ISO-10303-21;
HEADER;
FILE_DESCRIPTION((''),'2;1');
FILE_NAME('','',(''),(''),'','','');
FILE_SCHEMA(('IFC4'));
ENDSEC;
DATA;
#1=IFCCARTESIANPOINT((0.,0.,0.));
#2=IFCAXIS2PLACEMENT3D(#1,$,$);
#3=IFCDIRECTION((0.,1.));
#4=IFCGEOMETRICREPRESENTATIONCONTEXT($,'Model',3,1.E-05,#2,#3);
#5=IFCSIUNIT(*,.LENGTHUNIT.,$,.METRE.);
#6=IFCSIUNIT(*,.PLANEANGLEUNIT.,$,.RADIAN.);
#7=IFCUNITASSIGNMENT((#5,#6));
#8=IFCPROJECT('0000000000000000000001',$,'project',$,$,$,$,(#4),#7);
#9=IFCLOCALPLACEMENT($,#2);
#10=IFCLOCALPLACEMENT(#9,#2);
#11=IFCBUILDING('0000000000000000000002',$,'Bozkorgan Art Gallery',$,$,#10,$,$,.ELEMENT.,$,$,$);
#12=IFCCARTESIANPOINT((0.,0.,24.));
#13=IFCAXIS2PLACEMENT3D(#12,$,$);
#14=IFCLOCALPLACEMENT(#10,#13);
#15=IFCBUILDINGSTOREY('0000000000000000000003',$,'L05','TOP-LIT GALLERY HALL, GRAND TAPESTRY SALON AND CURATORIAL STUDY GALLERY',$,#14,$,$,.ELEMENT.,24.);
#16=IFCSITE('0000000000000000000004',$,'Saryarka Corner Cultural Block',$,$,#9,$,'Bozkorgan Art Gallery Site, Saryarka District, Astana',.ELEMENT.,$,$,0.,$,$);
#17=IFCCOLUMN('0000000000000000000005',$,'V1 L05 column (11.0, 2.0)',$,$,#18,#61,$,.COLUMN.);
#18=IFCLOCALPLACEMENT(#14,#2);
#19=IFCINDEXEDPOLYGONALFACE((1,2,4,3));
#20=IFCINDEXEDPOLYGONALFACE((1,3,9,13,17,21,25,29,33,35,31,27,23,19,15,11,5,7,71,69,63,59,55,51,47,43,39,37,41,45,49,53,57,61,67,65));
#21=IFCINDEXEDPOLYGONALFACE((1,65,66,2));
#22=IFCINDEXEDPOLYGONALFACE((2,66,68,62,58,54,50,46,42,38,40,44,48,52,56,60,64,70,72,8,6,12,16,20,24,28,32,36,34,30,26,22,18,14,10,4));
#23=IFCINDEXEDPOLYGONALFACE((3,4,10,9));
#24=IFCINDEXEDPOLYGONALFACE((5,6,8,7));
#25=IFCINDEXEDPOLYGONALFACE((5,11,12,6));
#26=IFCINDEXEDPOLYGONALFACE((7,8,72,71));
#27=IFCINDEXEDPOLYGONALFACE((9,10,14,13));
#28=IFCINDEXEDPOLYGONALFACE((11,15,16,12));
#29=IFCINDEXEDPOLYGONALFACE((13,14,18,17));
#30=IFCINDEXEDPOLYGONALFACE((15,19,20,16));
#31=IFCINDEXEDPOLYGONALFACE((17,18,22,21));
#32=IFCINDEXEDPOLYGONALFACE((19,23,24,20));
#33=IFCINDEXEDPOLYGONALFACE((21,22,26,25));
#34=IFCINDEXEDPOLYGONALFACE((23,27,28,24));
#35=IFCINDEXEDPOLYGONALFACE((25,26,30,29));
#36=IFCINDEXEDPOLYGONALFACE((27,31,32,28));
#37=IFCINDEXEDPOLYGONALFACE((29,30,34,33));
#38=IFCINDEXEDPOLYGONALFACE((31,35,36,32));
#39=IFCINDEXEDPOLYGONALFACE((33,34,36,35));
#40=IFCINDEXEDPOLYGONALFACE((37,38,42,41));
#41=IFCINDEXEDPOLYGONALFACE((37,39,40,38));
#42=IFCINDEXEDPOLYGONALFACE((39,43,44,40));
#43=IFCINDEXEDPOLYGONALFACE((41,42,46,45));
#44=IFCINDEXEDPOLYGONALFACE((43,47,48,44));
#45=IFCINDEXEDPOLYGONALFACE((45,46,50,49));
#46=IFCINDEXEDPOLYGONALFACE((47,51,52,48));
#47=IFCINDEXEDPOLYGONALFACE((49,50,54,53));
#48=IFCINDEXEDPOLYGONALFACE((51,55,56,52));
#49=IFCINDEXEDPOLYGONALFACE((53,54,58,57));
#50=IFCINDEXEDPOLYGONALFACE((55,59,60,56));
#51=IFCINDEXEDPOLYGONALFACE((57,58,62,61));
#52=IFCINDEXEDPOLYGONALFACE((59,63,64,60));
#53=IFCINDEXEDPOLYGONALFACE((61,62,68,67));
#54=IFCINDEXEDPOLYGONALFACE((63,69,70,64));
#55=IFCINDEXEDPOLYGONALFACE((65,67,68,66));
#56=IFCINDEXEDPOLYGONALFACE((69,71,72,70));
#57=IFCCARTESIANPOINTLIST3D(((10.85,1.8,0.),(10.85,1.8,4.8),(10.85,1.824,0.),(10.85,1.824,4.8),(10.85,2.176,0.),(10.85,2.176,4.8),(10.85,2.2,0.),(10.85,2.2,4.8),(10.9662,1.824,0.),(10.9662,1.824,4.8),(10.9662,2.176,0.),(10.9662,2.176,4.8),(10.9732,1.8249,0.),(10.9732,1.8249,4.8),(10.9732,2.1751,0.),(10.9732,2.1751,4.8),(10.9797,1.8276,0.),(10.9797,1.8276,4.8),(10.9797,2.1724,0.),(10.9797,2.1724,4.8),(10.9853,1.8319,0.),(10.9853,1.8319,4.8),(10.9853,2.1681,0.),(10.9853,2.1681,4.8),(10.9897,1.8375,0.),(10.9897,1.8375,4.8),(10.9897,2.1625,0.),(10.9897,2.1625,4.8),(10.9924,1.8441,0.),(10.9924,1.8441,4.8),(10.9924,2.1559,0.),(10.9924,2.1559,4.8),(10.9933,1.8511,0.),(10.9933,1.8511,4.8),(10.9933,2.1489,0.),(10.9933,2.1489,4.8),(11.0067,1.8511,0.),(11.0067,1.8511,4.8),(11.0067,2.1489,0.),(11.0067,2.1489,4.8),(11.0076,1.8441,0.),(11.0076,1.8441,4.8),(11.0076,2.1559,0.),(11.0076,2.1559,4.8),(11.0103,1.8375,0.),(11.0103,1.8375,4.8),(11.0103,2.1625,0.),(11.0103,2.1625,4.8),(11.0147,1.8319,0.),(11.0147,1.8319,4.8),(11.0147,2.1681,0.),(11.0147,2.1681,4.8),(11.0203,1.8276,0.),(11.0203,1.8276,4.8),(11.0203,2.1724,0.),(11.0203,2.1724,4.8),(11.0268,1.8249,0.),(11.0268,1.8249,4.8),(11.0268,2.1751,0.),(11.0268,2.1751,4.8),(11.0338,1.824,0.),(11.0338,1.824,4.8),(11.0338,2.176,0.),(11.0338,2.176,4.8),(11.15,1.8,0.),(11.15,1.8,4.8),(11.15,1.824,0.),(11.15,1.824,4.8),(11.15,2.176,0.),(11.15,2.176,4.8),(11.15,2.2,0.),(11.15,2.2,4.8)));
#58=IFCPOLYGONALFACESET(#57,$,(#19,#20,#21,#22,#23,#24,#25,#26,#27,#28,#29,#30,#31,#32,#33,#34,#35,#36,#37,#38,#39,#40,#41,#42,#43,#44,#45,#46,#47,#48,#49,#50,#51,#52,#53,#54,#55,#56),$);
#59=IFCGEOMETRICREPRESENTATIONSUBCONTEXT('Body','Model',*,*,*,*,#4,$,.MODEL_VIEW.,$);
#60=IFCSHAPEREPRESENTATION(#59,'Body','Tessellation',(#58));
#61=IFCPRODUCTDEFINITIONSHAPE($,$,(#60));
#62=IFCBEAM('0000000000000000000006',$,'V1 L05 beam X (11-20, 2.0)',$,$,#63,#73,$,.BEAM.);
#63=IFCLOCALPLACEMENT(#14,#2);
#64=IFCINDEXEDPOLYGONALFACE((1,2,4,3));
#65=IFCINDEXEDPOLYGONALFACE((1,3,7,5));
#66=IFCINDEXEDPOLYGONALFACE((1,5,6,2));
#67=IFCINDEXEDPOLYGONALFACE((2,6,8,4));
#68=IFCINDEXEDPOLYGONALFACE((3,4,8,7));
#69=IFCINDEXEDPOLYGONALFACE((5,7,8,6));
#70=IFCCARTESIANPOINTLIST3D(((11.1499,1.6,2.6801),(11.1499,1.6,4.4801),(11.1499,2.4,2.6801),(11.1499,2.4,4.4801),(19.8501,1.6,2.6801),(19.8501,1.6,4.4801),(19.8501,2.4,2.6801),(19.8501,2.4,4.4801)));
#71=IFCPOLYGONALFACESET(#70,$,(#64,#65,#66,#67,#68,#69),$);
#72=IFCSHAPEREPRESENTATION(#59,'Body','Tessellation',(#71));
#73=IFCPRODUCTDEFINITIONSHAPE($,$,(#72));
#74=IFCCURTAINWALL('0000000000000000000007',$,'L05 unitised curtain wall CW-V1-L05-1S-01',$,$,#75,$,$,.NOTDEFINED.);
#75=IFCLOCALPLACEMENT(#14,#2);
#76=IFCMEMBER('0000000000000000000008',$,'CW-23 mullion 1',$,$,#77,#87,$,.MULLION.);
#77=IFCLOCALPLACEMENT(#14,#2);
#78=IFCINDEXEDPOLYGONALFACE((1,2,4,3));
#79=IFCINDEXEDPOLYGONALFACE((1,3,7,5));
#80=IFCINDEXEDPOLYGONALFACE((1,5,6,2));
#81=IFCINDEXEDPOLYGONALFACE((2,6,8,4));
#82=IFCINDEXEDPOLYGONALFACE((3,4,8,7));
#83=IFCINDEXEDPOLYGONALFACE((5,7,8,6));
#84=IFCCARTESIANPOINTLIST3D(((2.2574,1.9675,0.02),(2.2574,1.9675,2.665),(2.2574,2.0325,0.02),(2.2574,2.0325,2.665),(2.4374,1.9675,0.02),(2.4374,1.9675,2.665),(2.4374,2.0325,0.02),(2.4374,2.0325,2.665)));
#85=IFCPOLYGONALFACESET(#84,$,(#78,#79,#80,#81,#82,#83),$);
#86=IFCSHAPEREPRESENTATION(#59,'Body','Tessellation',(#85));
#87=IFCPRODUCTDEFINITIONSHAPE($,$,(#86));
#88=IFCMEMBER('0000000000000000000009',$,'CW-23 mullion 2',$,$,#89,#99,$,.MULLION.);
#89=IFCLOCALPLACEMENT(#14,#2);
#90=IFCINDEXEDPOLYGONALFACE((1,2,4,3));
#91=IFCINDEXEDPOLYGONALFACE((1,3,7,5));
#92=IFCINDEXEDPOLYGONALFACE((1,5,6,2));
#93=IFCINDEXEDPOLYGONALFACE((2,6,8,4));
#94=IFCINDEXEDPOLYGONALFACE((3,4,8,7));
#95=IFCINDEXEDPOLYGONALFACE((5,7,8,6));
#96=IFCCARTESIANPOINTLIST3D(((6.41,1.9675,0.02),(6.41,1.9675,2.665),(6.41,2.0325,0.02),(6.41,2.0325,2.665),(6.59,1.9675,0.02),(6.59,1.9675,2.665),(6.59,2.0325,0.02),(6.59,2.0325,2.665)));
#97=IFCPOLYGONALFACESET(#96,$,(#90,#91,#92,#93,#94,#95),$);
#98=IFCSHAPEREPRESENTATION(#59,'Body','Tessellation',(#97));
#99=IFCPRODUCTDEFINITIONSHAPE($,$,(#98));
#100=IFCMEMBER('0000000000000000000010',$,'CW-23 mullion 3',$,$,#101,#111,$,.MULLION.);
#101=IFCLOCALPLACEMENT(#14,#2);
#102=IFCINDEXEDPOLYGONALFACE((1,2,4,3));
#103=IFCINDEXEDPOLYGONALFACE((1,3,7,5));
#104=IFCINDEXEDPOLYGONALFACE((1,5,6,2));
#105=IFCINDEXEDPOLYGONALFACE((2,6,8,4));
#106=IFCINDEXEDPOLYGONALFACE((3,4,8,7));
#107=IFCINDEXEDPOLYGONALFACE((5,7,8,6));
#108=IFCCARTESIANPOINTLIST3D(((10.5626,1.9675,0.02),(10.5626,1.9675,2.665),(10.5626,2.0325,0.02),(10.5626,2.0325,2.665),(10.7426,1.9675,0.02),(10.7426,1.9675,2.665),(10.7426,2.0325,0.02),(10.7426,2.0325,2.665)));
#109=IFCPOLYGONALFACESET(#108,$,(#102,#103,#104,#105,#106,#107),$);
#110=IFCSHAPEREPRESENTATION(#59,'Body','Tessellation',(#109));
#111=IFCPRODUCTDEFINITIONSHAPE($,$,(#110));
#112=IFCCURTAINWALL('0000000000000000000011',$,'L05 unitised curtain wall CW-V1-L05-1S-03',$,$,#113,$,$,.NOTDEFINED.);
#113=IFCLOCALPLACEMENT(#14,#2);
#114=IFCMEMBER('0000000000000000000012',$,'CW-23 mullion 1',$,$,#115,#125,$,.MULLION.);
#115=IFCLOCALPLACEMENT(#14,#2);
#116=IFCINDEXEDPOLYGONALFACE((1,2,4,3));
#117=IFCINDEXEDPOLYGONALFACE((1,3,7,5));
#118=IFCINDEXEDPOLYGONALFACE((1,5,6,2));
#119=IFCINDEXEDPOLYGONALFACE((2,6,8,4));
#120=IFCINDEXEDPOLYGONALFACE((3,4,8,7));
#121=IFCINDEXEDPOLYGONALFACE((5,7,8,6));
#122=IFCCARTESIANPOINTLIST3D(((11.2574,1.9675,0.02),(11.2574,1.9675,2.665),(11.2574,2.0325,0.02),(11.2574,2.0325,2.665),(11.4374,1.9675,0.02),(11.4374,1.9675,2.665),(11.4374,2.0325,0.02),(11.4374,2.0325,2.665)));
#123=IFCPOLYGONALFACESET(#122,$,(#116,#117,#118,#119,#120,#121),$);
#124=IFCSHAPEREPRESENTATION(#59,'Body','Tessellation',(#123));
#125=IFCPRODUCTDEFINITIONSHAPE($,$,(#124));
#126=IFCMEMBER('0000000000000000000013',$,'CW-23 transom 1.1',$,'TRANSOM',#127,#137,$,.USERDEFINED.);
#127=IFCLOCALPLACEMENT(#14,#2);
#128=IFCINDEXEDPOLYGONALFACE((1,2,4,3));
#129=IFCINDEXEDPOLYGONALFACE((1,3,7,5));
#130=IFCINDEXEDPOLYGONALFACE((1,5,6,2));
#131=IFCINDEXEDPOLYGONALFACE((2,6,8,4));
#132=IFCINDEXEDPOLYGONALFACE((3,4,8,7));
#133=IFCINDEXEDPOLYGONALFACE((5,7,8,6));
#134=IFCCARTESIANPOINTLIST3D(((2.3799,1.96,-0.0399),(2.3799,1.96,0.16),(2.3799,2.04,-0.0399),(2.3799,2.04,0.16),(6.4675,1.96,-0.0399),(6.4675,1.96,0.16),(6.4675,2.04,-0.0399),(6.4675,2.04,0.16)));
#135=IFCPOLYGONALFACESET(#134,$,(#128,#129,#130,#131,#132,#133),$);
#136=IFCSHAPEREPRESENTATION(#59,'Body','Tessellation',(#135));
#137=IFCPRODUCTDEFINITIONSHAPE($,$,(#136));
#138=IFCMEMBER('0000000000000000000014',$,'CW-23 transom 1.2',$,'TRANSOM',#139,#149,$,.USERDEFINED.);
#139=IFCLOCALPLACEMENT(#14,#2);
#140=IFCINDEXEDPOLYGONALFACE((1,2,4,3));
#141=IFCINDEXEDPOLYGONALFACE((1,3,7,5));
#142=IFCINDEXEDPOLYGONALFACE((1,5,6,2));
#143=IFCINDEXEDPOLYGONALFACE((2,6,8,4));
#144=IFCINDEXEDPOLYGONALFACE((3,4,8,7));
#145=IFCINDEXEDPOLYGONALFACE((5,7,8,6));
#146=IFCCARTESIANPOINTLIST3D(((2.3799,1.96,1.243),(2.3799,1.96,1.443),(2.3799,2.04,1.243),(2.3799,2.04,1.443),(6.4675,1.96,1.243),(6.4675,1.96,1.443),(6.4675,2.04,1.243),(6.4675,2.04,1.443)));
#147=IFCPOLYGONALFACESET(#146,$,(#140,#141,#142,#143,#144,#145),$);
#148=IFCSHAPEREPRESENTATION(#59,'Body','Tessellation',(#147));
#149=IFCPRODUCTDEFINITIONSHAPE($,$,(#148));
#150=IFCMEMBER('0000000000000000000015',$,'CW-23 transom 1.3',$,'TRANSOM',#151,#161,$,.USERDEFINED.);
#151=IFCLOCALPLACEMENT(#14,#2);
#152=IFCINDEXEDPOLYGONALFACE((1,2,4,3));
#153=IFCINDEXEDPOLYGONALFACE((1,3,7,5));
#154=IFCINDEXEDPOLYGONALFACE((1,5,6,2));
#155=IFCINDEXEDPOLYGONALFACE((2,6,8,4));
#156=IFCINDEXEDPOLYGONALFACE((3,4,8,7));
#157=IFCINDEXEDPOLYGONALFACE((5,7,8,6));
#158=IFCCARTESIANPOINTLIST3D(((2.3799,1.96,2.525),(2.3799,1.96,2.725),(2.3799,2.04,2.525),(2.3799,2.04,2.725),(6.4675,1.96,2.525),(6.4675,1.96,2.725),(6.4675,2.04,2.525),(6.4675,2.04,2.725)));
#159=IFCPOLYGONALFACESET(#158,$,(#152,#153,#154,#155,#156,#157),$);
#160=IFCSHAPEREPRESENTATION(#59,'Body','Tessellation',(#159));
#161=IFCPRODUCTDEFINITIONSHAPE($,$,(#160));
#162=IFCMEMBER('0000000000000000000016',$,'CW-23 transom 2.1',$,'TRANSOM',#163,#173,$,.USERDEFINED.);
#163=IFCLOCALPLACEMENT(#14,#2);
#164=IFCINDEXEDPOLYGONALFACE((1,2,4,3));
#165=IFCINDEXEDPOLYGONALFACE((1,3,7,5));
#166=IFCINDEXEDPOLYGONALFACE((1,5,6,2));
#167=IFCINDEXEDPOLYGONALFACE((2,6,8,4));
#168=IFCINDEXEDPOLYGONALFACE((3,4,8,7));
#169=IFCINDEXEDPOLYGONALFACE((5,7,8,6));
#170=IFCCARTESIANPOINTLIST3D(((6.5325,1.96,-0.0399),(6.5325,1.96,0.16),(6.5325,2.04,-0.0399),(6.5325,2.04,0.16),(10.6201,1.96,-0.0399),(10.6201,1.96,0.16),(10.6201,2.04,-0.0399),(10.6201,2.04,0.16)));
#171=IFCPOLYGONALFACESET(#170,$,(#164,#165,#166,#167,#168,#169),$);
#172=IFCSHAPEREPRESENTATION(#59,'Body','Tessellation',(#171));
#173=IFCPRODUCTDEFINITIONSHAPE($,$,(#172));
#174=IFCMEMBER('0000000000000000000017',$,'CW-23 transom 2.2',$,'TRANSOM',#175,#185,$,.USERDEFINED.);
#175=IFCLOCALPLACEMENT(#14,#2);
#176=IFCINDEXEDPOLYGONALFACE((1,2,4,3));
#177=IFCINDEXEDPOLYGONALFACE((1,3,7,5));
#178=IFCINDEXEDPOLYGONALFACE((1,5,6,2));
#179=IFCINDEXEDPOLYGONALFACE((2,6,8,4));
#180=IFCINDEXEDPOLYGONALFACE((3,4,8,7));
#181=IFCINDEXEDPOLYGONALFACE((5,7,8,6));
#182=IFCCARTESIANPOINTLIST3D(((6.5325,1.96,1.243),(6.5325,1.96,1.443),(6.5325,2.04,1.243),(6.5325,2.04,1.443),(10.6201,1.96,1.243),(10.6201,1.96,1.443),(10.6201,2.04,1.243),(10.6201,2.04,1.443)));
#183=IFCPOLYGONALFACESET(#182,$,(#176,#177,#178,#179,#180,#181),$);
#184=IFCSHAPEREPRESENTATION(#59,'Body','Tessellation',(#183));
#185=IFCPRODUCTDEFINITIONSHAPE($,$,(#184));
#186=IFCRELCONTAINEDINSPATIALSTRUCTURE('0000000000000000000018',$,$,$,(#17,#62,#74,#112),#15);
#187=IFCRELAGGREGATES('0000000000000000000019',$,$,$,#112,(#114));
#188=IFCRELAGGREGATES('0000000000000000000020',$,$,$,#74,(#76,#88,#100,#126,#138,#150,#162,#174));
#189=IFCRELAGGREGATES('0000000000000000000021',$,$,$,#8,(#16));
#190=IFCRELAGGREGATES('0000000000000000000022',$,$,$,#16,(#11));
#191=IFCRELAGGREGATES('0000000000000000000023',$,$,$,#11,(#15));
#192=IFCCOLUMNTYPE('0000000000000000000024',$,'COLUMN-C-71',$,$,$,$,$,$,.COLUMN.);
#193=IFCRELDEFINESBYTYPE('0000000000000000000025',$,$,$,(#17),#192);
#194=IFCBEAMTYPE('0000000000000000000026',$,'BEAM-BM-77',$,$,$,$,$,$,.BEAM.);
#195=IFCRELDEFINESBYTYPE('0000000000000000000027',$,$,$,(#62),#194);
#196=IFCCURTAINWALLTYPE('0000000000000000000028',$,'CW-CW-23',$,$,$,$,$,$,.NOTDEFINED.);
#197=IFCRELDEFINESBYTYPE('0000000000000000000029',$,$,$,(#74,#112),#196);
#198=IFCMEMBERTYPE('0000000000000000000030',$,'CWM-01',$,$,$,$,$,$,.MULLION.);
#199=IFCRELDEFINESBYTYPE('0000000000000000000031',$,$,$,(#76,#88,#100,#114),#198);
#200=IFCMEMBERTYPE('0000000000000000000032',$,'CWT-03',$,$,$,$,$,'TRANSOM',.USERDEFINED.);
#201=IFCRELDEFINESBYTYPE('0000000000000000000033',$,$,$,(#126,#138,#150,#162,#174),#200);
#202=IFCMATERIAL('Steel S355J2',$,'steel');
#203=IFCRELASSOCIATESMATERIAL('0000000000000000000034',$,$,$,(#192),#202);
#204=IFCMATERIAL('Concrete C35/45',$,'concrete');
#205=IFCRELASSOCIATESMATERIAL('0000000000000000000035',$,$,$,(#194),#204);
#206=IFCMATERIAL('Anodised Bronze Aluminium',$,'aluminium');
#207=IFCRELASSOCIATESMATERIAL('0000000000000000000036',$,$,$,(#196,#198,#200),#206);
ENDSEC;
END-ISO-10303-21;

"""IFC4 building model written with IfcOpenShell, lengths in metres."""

from ifc_helpers import new_model, si_unit, direction, frame, origin, origin_2d, place, context, subcontext, project, spatial, rectangle, i_section, extrude, material, material_profile, profile_set, type_object, element, aggregate, save


model = new_model("IFC4")

# Units and contexts
model_context = context("Model", 3, precision=1e-05, world=origin(), true_north=direction((0.0, 1.0)))
body_context = subcontext(model_context, "Body", "Model", "MODEL_VIEW")
ifc_project = project(units=[si_unit("LENGTHUNIT", "METRE"), si_unit("PLANEANGLEUNIT", "RADIAN")], contexts=[model_context])

# Site, building, storey
site_placement = place(None, origin())
site = spatial("IfcSite", under=ifc_project, at=site_placement, Name="Saryarka Corner Cultural Block", LongName="Bozkorgan Art Gallery Site, Saryarka District, Astana", CompositionType="ELEMENT", RefElevation=0.0)
building_placement = place(site_placement, origin())
building = spatial("IfcBuilding", under=site, at=building_placement, Name="Bozkorgan Art Gallery", CompositionType="ELEMENT")
storey_placement = place(building_placement, frame((0.0, 0.0, 24.0)))
storey = spatial("IfcBuildingStorey", under=building, at=storey_placement, Name="L05", Description="TOP-LIT GALLERY HALL, GRAND TAPESTRY SALON AND CURATORIAL STUDY GALLERY", CompositionType="ELEMENT", Elevation=24.0)

# Column
ifc_material_1 = material(Name="Steel S355J2", Category="steel")
ifc_material_profile_1 = material_profile(ifc_material_1, i_section(OverallWidth=0.3, OverallDepth=0.3999, WebThickness=0.0134, FlangeThickness=0.0239, FilletRadius=0.0271, at=origin_2d()), Name="HEB 400")
ifc_profile_set_1 = profile_set([ifc_material_profile_1], Name="Steel S355J2")
column_type = type_object("IfcColumnType", Name="COLUMN-C-71", PredefinedType="COLUMN", material=ifc_profile_set_1)
column_placement = place(storey_placement, frame((11.0, 2.0, 0.0), z_axis=(0.0, 0.0, 1.0), x_axis=(1.0, 0.0, 0.0)))
element("IfcColumn", 1, at=column_placement, inside=storey, type_object=column_type, Name="V1 L05 column (11.0, 2.0)", PredefinedType="COLUMN", context=body_context, shape_type="SweptSolid", body=[
    extrude(i_section(OverallWidth=0.3, OverallDepth=0.3999, WebThickness=0.0134, FlangeThickness=0.0239, FilletRadius=0.0271, at=origin_2d()), origin(), (0.0, 0.0, 1.0), 4.8),
])

# Beam
ifc_material_2 = material(Name="Concrete C35/45", Category="concrete")
ifc_material_profile_2 = material_profile(ifc_material_2, rectangle(XDim=0.8, YDim=1.8, at=origin_2d()), Name="RC 800x1800")
ifc_profile_set_2 = profile_set([ifc_material_profile_2], Name="Concrete C35/45")
beam_type = type_object("IfcBeamType", Name="BEAM-BM-77", PredefinedType="BEAM", material=ifc_profile_set_2)
beam_placement = place(storey_placement, frame((11.1499, 2.0, 3.5801), z_axis=(1.0, 0.0, 0.0), x_axis=(0.0, 1.0, 0.0)))
element("IfcBeam", 2, at=beam_placement, inside=storey, type_object=beam_type, Name="V1 L05 beam X (11-20, 2.0)", PredefinedType="BEAM", context=body_context, shape_type="SweptSolid", body=[
    extrude(rectangle(XDim=0.8, YDim=1.8, at=origin_2d()), origin(), (0.0, 0.0, 1.0), 8.7002),
])

# Curtain wall, members
ifc_material_3 = material(Name="Anodised Bronze Aluminium", Category="aluminium")
curtain_wall_type = type_object("IfcCurtainWallType", Name="CW-CW-23", PredefinedType="NOTDEFINED", material=ifc_material_3)
curtain_wall_1_placement = place(storey_placement, origin())
curtain_wall_1 = element("IfcCurtainWall", 3, at=curtain_wall_1_placement, inside=storey, type_object=curtain_wall_type, Name="L05 unitised curtain wall CW-V1-L05-1S-01", PredefinedType="NOTDEFINED")
ifc_material_profile_3 = material_profile(ifc_material_3, rectangle(XDim=0.0649, YDim=0.1799, at=origin_2d()), Name="ALU MULLION 65x180")
ifc_profile_set_3 = profile_set([ifc_material_profile_3], Name="Anodised Bronze Aluminium")
member_type_1 = type_object("IfcMemberType", Name="CWM-01", PredefinedType="MULLION", material=ifc_profile_set_3)
member_1_placement = place(storey_placement, frame((2.3474, 2.0, 0.02), z_axis=(0.0, 0.0, 1.0), x_axis=(0.0, 1.0, 0.0)))
member_1 = element("IfcMember", 4, at=member_1_placement, type_object=member_type_1, Name="CW-23 mullion 1", PredefinedType="MULLION", context=body_context, shape_type="SweptSolid", body=[
    extrude(rectangle(XDim=0.0649, YDim=0.1799, at=origin_2d()), origin(), (0.0, 0.0, 1.0), 2.645),
])
member_2_placement = place(storey_placement, frame((6.5, 2.0, 0.02), z_axis=(0.0, 0.0, 1.0), x_axis=(0.0, 1.0, 0.0)))
member_2 = element("IfcMember", 5, at=member_2_placement, type_object=member_type_1, Name="CW-23 mullion 2", PredefinedType="MULLION", context=body_context, shape_type="SweptSolid", body=[
    extrude(rectangle(XDim=0.0649, YDim=0.1799, at=origin_2d()), origin(), (0.0, 0.0, 1.0), 2.645),
])
member_3_placement = place(storey_placement, frame((10.6526, 2.0, 0.02), z_axis=(0.0, 0.0, 1.0), x_axis=(0.0, 1.0, 0.0)))
member_3 = element("IfcMember", 6, at=member_3_placement, type_object=member_type_1, Name="CW-23 mullion 3", PredefinedType="MULLION", context=body_context, shape_type="SweptSolid", body=[
    extrude(rectangle(XDim=0.0649, YDim=0.1799, at=origin_2d()), origin(), (0.0, 0.0, 1.0), 2.645),
])

# Curtain wall, member
curtain_wall_2_placement = place(storey_placement, origin())
curtain_wall_2 = element("IfcCurtainWall", 7, at=curtain_wall_2_placement, inside=storey, type_object=curtain_wall_type, Name="L05 unitised curtain wall CW-V1-L05-1S-03", PredefinedType="NOTDEFINED")
member_4_placement = place(storey_placement, frame((11.3474, 2.0, 0.02), z_axis=(0.0, 0.0, 1.0), x_axis=(0.0, 1.0, 0.0)))
member_4 = element("IfcMember", 8, at=member_4_placement, type_object=member_type_1, Name="CW-23 mullion 1", PredefinedType="MULLION", context=body_context, shape_type="SweptSolid", body=[
    extrude(rectangle(XDim=0.0649, YDim=0.1799, at=origin_2d()), origin(), (0.0, 0.0, 1.0), 2.645),
])

# Members
ifc_material_profile_4 = material_profile(ifc_material_3, rectangle(XDim=0.0801, YDim=0.2, at=origin_2d()), Name="ALU TRANSOM 80x200")
ifc_profile_set_4 = profile_set([ifc_material_profile_4], Name="Anodised Bronze Aluminium")
member_type_2 = type_object("IfcMemberType", Name="CWT-03", ElementType="TRANSOM", PredefinedType="USERDEFINED", material=ifc_profile_set_4)
member_5_placement = place(storey_placement, frame((2.3799, 2.0, 0.0601), z_axis=(1.0, 0.0, 0.0), x_axis=(0.0, 1.0, 0.0)))
member_5 = element("IfcMember", 9, at=member_5_placement, type_object=member_type_2, Name="CW-23 transom 1.1", ObjectType="TRANSOM", PredefinedType="USERDEFINED", context=body_context, shape_type="SweptSolid", body=[
    extrude(rectangle(XDim=0.0801, YDim=0.2, at=origin_2d()), origin(), (0.0, 0.0, 1.0), 4.0876),
])
member_6_placement = place(storey_placement, frame((2.3799, 2.0, 1.343), z_axis=(1.0, 0.0, 0.0), x_axis=(0.0, 1.0, 0.0)))
member_6 = element("IfcMember", 10, at=member_6_placement, type_object=member_type_2, Name="CW-23 transom 1.2", ObjectType="TRANSOM", PredefinedType="USERDEFINED", context=body_context, shape_type="SweptSolid", body=[
    extrude(rectangle(XDim=0.0801, YDim=0.2, at=origin_2d()), origin(), (0.0, 0.0, 1.0), 4.0876),
])
member_7_placement = place(storey_placement, frame((2.3799, 2.0, 2.625), z_axis=(1.0, 0.0, 0.0), x_axis=(0.0, 1.0, 0.0)))
member_7 = element("IfcMember", 11, at=member_7_placement, type_object=member_type_2, Name="CW-23 transom 1.3", ObjectType="TRANSOM", PredefinedType="USERDEFINED", context=body_context, shape_type="SweptSolid", body=[
    extrude(rectangle(XDim=0.0801, YDim=0.2, at=origin_2d()), origin(), (0.0, 0.0, 1.0), 4.0876),
])
member_8_placement = place(storey_placement, frame((6.5325, 2.0, 0.0601), z_axis=(1.0, 0.0, 0.0), x_axis=(0.0, 1.0, 0.0)))
member_8 = element("IfcMember", 12, at=member_8_placement, type_object=member_type_2, Name="CW-23 transom 2.1", ObjectType="TRANSOM", PredefinedType="USERDEFINED", context=body_context, shape_type="SweptSolid", body=[
    extrude(rectangle(XDim=0.0801, YDim=0.2, at=origin_2d()), origin(), (0.0, 0.0, 1.0), 4.0876),
])
member_9_placement = place(storey_placement, frame((6.5325, 2.0, 1.343), z_axis=(1.0, 0.0, 0.0), x_axis=(0.0, 1.0, 0.0)))
member_9 = element("IfcMember", 13, at=member_9_placement, type_object=member_type_2, Name="CW-23 transom 2.2", ObjectType="TRANSOM", PredefinedType="USERDEFINED", context=body_context, shape_type="SweptSolid", body=[
    extrude(rectangle(XDim=0.0801, YDim=0.2, at=origin_2d()), origin(), (0.0, 0.0, 1.0), 4.0876),
])
aggregate(curtain_wall_2, [member_4])

aggregate(curtain_wall_1, [member_1, member_2, member_3, member_5, member_6, member_7, member_8, member_9])

save(model, "model.ifc")
